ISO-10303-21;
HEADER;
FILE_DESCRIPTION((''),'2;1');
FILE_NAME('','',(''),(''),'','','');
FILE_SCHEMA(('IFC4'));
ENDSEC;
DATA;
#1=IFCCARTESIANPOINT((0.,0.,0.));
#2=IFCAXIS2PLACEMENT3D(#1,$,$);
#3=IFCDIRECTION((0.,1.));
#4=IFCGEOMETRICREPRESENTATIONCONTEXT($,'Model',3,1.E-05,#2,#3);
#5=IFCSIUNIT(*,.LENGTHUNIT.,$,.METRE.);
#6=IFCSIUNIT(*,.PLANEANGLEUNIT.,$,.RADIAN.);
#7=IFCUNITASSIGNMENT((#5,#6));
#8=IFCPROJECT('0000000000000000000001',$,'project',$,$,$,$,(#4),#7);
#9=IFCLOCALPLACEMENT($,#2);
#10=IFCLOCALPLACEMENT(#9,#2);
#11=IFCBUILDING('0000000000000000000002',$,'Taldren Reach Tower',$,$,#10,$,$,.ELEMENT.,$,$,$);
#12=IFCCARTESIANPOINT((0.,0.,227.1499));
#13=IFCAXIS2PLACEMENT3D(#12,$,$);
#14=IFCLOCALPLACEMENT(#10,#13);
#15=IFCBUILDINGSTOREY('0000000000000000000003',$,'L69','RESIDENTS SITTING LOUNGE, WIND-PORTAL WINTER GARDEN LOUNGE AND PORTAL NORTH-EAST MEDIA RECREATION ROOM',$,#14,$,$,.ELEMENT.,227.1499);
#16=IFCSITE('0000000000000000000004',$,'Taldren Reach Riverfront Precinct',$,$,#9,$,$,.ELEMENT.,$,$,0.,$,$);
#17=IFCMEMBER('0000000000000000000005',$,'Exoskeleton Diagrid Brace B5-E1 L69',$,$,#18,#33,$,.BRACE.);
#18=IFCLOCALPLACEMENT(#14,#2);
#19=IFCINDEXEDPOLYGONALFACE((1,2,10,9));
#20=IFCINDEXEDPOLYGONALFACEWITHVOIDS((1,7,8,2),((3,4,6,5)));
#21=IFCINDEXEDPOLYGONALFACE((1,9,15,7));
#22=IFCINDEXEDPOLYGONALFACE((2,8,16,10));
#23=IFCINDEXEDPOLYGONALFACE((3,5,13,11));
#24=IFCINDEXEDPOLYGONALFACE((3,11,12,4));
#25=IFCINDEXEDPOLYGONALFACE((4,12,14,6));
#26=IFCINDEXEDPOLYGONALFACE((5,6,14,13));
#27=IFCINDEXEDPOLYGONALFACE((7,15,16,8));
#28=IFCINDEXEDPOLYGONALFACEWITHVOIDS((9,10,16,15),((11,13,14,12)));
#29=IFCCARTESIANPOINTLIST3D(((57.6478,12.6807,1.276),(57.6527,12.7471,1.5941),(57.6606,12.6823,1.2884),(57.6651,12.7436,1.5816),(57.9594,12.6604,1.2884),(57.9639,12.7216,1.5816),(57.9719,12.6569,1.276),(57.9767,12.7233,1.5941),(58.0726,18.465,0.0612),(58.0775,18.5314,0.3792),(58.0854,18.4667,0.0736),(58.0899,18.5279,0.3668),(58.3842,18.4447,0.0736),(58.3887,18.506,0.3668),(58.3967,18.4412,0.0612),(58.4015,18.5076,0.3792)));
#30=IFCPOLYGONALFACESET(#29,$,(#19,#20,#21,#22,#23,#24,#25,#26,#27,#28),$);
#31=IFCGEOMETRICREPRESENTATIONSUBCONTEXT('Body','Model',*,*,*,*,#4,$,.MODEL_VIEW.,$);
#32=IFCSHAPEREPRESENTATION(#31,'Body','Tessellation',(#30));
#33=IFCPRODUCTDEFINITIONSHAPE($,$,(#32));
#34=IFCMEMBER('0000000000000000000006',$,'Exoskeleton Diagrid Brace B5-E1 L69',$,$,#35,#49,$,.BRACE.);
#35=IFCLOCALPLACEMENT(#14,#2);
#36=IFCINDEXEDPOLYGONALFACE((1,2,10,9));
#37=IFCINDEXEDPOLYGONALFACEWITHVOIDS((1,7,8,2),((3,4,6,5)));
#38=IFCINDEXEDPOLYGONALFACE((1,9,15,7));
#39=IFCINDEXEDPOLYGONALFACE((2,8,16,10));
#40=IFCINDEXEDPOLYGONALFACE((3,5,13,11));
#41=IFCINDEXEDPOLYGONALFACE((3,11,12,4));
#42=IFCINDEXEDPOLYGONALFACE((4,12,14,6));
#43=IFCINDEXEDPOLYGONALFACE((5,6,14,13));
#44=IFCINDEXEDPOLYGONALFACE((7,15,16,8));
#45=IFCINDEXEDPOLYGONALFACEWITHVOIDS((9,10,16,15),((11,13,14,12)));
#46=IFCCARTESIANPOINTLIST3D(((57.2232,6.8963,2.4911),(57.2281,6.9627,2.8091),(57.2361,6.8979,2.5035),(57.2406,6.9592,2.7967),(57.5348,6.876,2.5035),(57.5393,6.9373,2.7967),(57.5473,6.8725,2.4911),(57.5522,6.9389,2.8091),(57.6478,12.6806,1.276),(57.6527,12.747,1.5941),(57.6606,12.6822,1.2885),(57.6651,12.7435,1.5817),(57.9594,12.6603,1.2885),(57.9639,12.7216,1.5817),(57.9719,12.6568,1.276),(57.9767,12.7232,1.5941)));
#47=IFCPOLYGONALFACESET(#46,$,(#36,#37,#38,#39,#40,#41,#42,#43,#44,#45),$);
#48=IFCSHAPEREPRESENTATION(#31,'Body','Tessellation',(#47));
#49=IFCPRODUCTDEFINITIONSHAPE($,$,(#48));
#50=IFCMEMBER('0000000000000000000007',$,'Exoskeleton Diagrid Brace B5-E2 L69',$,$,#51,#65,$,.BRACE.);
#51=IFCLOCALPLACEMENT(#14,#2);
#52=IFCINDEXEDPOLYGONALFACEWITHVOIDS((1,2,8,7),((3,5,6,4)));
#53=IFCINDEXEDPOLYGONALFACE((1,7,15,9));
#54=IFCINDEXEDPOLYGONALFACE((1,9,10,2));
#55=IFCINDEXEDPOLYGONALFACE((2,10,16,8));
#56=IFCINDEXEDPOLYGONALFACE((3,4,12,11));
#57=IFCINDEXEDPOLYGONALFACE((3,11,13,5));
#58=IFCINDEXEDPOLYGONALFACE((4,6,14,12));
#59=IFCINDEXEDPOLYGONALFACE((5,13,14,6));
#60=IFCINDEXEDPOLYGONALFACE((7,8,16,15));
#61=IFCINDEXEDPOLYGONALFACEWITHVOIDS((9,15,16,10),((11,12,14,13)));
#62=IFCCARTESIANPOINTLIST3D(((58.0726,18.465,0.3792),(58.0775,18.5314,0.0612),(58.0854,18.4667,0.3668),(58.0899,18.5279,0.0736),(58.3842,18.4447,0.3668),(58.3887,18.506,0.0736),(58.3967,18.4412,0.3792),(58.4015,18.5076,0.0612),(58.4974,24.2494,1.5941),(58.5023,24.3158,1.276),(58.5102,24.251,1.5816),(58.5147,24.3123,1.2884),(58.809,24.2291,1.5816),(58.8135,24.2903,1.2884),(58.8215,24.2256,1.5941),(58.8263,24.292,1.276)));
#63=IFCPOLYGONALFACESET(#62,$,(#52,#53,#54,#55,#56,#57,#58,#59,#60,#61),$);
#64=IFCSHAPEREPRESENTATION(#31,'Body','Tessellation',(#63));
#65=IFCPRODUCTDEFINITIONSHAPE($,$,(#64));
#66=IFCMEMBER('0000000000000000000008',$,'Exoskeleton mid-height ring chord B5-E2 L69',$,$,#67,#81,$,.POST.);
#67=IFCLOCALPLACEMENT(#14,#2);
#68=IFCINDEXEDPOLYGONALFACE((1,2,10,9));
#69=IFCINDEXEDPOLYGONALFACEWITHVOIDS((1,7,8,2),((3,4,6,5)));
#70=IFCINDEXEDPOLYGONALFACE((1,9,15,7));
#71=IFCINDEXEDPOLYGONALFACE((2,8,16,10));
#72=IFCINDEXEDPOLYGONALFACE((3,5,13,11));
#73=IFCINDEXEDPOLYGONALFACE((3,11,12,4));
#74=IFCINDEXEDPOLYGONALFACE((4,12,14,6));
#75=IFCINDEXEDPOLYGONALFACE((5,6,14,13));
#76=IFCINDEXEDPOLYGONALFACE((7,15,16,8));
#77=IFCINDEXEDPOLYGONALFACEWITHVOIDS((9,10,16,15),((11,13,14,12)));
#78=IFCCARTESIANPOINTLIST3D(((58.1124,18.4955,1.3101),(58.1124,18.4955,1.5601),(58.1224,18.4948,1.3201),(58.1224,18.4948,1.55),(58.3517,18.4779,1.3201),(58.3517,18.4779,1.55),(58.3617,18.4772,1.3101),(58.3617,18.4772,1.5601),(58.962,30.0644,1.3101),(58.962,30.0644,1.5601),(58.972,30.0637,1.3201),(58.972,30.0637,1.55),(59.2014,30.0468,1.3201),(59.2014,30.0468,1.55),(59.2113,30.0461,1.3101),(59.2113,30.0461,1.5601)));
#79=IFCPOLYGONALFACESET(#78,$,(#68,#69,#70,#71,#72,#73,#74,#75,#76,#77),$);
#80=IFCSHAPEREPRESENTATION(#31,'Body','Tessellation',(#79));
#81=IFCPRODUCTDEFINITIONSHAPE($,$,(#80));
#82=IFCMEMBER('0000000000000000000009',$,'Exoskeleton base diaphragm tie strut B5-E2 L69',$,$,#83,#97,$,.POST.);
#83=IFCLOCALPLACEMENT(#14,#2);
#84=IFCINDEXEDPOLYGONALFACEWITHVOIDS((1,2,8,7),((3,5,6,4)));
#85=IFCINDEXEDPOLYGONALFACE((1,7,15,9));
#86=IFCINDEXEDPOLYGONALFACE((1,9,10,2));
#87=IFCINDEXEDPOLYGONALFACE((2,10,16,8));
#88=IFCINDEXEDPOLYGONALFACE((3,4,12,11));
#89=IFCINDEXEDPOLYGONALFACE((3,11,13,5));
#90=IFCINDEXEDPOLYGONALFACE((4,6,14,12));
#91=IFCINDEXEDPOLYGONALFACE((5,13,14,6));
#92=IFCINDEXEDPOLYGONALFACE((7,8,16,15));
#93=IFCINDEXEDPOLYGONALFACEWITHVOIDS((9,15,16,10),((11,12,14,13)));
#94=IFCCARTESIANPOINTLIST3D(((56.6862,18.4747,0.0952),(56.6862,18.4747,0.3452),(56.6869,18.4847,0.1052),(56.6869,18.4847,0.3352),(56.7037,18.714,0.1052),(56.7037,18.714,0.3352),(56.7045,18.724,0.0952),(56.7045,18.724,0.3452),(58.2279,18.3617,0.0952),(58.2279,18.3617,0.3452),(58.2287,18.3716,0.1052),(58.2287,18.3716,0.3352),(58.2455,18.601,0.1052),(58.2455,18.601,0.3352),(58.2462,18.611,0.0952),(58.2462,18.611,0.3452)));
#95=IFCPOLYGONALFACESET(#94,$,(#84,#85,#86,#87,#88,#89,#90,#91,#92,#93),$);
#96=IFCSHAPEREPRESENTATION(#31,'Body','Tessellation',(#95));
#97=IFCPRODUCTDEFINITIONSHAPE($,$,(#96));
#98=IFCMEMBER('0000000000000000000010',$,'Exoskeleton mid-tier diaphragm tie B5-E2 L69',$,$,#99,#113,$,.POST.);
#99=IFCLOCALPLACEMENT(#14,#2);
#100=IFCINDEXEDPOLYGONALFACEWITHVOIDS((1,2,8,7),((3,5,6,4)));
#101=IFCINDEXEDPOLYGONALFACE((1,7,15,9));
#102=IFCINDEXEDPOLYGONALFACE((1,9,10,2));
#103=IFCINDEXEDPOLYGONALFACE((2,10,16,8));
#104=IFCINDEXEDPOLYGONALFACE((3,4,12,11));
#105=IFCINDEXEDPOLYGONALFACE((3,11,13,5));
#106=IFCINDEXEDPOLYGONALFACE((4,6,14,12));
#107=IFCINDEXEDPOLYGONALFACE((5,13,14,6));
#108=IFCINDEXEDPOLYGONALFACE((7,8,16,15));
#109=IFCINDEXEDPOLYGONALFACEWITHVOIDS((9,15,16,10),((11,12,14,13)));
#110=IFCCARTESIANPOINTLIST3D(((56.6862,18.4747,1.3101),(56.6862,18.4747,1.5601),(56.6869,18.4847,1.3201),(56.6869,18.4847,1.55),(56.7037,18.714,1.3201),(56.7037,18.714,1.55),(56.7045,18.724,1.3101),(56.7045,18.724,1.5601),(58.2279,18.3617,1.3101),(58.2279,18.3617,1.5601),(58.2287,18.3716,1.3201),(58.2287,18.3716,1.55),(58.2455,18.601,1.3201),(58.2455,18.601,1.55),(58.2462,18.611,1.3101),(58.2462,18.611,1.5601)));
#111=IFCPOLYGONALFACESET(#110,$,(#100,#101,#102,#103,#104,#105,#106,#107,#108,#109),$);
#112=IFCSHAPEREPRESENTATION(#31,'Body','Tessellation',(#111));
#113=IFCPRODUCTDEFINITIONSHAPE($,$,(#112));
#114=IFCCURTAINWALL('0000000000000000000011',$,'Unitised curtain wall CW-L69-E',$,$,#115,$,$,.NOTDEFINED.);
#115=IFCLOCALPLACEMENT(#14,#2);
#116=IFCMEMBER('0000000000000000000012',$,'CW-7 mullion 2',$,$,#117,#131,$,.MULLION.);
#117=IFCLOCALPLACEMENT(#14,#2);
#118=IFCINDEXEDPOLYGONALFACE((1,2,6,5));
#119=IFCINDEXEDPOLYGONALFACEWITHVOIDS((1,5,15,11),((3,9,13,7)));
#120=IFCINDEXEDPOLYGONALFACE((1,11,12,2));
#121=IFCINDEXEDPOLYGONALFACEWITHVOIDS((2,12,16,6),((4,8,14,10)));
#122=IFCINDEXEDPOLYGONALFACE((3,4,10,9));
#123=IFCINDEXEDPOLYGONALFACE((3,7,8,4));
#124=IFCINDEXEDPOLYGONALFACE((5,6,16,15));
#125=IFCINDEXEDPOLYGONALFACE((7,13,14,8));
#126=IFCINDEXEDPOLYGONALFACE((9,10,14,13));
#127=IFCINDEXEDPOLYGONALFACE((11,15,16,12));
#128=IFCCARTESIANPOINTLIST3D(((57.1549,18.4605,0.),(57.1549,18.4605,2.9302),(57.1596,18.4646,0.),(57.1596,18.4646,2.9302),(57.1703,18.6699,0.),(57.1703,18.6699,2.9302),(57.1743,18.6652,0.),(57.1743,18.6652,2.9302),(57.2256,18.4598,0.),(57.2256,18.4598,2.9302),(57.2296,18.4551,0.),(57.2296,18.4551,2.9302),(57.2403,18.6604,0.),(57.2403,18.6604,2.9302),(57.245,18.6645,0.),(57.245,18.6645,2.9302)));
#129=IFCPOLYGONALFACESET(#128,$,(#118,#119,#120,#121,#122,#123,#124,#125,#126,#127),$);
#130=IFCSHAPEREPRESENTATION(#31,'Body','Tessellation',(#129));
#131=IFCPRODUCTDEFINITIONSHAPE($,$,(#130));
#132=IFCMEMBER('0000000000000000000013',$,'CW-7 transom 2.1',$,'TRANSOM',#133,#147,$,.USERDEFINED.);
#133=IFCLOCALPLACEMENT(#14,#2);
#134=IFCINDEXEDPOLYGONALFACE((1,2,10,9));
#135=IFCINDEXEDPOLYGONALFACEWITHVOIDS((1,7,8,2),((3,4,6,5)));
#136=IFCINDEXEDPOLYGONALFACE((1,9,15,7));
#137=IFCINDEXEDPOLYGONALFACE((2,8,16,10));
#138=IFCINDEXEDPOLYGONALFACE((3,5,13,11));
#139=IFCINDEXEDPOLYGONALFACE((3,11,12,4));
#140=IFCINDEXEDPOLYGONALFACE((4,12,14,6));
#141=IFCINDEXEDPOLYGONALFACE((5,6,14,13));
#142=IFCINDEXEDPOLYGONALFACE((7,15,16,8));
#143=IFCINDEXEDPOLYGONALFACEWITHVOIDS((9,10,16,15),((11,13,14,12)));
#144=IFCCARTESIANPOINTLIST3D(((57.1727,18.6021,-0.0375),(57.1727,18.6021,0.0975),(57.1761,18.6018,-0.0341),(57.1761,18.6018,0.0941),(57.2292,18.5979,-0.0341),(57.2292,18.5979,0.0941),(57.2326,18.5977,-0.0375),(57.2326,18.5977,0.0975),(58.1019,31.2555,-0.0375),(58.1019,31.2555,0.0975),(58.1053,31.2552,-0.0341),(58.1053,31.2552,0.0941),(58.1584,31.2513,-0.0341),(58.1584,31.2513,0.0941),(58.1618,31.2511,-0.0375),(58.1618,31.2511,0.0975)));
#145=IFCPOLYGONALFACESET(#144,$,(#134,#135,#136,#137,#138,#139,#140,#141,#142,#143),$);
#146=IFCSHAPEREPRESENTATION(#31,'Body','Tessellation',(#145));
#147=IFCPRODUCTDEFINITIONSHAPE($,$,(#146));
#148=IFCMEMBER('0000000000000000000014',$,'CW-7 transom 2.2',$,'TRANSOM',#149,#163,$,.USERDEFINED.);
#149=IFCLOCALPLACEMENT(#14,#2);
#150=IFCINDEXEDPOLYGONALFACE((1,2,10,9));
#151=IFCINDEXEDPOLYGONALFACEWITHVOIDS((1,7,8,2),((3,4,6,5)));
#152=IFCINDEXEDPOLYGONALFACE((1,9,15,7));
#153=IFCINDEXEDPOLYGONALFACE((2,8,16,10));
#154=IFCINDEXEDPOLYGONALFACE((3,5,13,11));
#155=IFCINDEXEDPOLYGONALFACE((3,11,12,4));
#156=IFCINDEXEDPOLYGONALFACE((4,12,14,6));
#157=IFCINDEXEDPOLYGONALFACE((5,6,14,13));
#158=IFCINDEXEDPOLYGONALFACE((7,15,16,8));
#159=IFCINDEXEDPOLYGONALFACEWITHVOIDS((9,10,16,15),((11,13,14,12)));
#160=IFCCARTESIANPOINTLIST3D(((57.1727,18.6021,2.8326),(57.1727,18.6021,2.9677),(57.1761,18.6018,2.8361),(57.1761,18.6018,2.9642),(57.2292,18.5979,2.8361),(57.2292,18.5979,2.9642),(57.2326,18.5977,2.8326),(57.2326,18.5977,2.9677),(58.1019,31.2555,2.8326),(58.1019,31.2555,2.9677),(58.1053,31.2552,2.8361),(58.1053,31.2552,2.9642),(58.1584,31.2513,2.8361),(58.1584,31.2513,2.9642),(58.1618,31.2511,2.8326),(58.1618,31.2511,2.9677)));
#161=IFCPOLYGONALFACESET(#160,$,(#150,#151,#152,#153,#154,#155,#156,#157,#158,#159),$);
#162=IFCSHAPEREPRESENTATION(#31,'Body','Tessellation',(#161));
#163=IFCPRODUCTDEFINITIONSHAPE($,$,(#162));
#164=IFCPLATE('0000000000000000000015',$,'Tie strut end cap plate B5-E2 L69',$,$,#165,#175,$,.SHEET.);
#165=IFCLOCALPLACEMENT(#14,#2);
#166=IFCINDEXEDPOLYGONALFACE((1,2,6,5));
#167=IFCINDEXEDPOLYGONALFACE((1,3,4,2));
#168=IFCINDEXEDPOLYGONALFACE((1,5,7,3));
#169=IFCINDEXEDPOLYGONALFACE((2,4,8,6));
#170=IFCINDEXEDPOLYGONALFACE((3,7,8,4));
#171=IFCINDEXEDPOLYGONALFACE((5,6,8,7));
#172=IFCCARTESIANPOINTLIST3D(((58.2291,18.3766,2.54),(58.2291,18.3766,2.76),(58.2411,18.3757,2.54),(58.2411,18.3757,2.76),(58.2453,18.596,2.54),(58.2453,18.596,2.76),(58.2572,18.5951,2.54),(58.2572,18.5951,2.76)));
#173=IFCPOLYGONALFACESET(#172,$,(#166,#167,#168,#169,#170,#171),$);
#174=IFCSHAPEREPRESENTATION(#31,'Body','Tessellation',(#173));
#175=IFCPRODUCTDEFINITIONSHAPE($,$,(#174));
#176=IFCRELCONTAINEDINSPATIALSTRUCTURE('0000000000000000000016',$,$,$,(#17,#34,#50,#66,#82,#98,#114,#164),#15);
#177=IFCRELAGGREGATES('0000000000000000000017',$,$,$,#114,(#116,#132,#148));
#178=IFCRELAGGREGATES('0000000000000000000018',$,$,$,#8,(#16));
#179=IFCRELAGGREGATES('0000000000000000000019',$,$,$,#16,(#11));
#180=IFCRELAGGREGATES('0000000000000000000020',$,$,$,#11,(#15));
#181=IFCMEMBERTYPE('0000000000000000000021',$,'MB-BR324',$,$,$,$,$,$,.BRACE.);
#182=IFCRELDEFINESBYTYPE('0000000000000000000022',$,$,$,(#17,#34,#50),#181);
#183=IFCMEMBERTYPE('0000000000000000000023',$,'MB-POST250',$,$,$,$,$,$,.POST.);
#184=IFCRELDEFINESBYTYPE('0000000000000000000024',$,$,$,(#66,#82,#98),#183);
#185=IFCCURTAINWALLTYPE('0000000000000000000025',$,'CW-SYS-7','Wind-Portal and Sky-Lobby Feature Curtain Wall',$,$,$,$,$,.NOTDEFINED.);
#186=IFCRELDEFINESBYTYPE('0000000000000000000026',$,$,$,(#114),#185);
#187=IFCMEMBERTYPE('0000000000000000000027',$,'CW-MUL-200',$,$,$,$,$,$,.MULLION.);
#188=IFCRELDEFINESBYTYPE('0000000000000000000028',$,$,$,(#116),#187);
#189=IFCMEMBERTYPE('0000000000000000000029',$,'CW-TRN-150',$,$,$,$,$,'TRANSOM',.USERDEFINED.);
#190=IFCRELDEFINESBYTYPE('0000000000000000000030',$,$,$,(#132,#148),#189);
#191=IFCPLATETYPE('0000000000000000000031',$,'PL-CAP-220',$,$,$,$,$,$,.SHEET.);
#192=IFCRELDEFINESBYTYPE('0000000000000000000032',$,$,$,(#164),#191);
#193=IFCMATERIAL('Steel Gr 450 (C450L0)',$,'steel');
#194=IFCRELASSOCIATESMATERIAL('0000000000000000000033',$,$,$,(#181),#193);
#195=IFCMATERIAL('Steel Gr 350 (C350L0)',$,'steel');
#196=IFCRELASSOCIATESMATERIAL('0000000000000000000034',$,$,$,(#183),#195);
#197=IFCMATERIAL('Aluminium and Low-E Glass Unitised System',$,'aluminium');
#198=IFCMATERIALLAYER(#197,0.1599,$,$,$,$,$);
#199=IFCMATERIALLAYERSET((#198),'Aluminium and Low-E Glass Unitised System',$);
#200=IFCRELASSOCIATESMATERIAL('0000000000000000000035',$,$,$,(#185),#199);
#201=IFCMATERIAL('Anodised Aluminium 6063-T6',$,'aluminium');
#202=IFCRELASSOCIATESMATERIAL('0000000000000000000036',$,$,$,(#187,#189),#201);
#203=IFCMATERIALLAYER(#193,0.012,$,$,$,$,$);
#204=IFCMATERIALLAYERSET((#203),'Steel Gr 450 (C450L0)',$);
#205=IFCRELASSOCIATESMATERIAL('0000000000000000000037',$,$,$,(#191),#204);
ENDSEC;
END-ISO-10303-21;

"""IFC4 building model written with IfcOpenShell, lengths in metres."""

from ifc_helpers import new_model, si_unit, direction, frame, origin, origin_2d, place, context, subcontext, project, spatial, rectangle, hollow_rectangle, extrude, source, transform, mapped, material, layer, layer_set, material_profile, profile_set, type_object, element, aggregate, save


model = new_model("IFC4")

# Units and contexts
model_context = context("Model", 3, precision=1e-05, world=origin(), true_north=direction((0.0, 1.0)))
body_context = subcontext(model_context, "Body", "Model", "MODEL_VIEW")
ifc_project = project(units=[si_unit("LENGTHUNIT", "METRE"), si_unit("PLANEANGLEUNIT", "RADIAN")], contexts=[model_context])

# Site, building, storey
site_placement = place(None, origin())
site = spatial("IfcSite", under=ifc_project, at=site_placement, Name="Taldren Reach Riverfront Precinct", CompositionType="ELEMENT", RefElevation=0.0)
building_placement = place(site_placement, origin())
building = spatial("IfcBuilding", under=site, at=building_placement, Name="Taldren Reach Tower", CompositionType="ELEMENT")
storey_placement = place(building_placement, frame((0.0, 0.0, 227.1499)))
storey = spatial("IfcBuildingStorey", under=building, at=storey_placement, Name="L69", Description="RESIDENTS SITTING LOUNGE, WIND-PORTAL WINTER GARDEN LOUNGE AND PORTAL NORTH-EAST MEDIA RECREATION ROOM", CompositionType="ELEMENT", Elevation=227.1499)

# Shared definitions
ifc_material_1 = material(Name="Steel Gr 450 (C450L0)", Category="steel")

# Members
ifc_material_profile_1 = material_profile(ifc_material_1, hollow_rectangle(XDim=0.325, YDim=0.325, WallThickness=0.0127, at=origin_2d()), Name="325x325x12.7SHS")
ifc_profile_set_1 = profile_set([ifc_material_profile_1], Name="Steel Gr 450 (C450L0)")
member_type_1 = type_object("IfcMemberType", Name="MB-BR324", PredefinedType="BRACE", material=ifc_profile_set_1)
shared_shape_1 = source(origin(), body_context, "Body", "SweptSolid", [
    extrude(hollow_rectangle(XDim=0.325, YDim=0.325, WallThickness=0.0127, at=origin_2d()), origin(), (0.0, 0.0, 1.0), 5.9258),
])
for number, where, z_axis, x_axis, name in (
    (1, (58.2371, 18.4863, 0.2202), (-0.071687, -0.976132, 0.205007), (0.997314, -0.073242, 0.0), "Exoskeleton Diagrid Brace B5-E1 L69"),
    (2, (57.8123, 12.7019, 1.4351), (-0.071645, -0.976126, 0.205047), (0.997317, -0.0732, 0.0), "Exoskeleton Diagrid Brace B5-E1 L69"),
    (3, (58.2371, 18.4863, 0.2202), (0.071687, 0.976132, 0.205007), (-0.997314, 0.073242, 0.0), "Exoskeleton Diagrid Brace B5-E2 L69"),
):
    element("IfcMember", number, at=place(storey_placement, frame(where, z_axis=z_axis, x_axis=x_axis)), inside=storey, type_object=member_type_1, Name=name, PredefinedType="BRACE", context=body_context, shape_type="MappedRepresentation", body=[
        mapped(shared_shape_1, transform((0.0, 0.0, 0.0), scale=1.0)),
    ])
ifc_material_2 = material(Name="Steel Gr 350 (C350L0)", Category="steel")
ifc_material_profile_2 = material_profile(ifc_material_2, hollow_rectangle(XDim=0.25, YDim=0.25, WallThickness=0.01, at=origin_2d()), Name="250x250x10.0SHS")
ifc_profile_set_2 = profile_set([ifc_material_profile_2], Name="Steel Gr 350 (C350L0)")
member_type_2 = type_object("IfcMemberType", Name="MB-POST250", PredefinedType="POST", material=ifc_profile_set_2)
shared_shape_2 = source(origin(), body_context, "Body", "SweptSolid", [
    extrude(hollow_rectangle(XDim=0.25, YDim=0.25, WallThickness=0.01, at=origin_2d()), origin(), (0.0, 0.0, 1.0), 11.6001),
])
member_1_placement = place(storey_placement, frame((58.2371, 18.4863, 1.4351), z_axis=(0.073242, 0.997314, 0.0), x_axis=(-0.997314, 0.073242, 0.0)))
element("IfcMember", 4, at=member_1_placement, inside=storey, type_object=member_type_2, Name="Exoskeleton mid-height ring chord B5-E2 L69", PredefinedType="POST", context=body_context, shape_type="MappedRepresentation", body=[
    mapped(shared_shape_2, transform((0.0, 0.0, 0.0), scale=1.0)),
])
shared_shape_3 = source(origin(), body_context, "Body", "SweptSolid", [
    extrude(hollow_rectangle(XDim=0.25, YDim=0.25, WallThickness=0.01, at=origin_2d()), origin(), (0.0, 0.0, 1.0), 1.5459),
])
for number, where, z_axis, x_axis, name in (
    (5, (56.6953, 18.5994, 0.2202), (0.997323, -0.073121, 0.0), (0.073121, 0.997323, 0.0), "Exoskeleton base diaphragm tie strut B5-E2 L69"),
    (6, (56.6953, 18.5994, 1.4351), (0.997323, -0.073121, 0.0), (0.073121, 0.997323, 0.0), "Exoskeleton mid-tier diaphragm tie B5-E2 L69"),
):
    element("IfcMember", number, at=place(storey_placement, frame(where, z_axis=z_axis, x_axis=x_axis)), inside=storey, type_object=member_type_2, Name=name, PredefinedType="POST", context=body_context, shape_type="MappedRepresentation", body=[
        mapped(shared_shape_3, transform((0.0, 0.0, 0.0), scale=1.0)),
    ])

# Curtain wall, members
ifc_material_3 = material(Name="Aluminium and Low-E Glass Unitised System", Category="aluminium")
ifc_layer_1 = layer(ifc_material_3, 0.1599)
ifc_layer_set_1 = layer_set([ifc_layer_1], Name="Aluminium and Low-E Glass Unitised System")
curtain_wall_type = type_object("IfcCurtainWallType", Name="CW-SYS-7", Description="Wind-Portal and Sky-Lobby Feature Curtain Wall", PredefinedType="NOTDEFINED", material=ifc_layer_set_1)
curtain_wall_placement = place(storey_placement, origin())
curtain_wall = element("IfcCurtainWall", 7, at=curtain_wall_placement, inside=storey, type_object=curtain_wall_type, Name="Unitised curtain wall CW-L69-E", PredefinedType="NOTDEFINED")
ifc_material_4 = material(Name="Anodised Aluminium 6063-T6", Category="aluminium")
ifc_material_profile_3 = material_profile(ifc_material_4, hollow_rectangle(XDim=0.075, YDim=0.21, WallThickness=0.0044, at=origin_2d()), Name="ALU-210x75x4.5RHS")
ifc_profile_set_3 = profile_set([ifc_material_profile_3], Name="Anodised Aluminium 6063-T6")
member_type_3 = type_object("IfcMemberType", Name="CW-MUL-200", PredefinedType="MULLION", material=ifc_profile_set_3)
shared_shape_4 = source(origin(), body_context, "Body", "SweptSolid", [
    extrude(hollow_rectangle(XDim=0.075, YDim=0.21, WallThickness=0.0044, at=origin_2d()), origin(), (0.0, 0.0, 1.0), 2.9302),
])
member_2_placement = place(storey_placement, frame((57.2, 18.5625, 0.0), z_axis=(0.0, 0.0, 1.0), x_axis=(-0.997314, 0.073238, 0.0)))
member_2 = element("IfcMember", 8, at=member_2_placement, type_object=member_type_3, Name="CW-7 mullion 2", PredefinedType="MULLION", context=body_context, shape_type="MappedRepresentation", body=[
    mapped(shared_shape_4, transform((0.0, 0.0, 0.0), scale=1.0)),
])
ifc_material_profile_4 = material_profile(ifc_material_4, hollow_rectangle(XDim=0.0601, YDim=0.135, WallThickness=0.0034, at=origin_2d()), Name="ALU-135x60x3.5RHS")
ifc_profile_set_4 = profile_set([ifc_material_profile_4], Name="Anodised Aluminium 6063-T6")
member_type_4 = type_object("IfcMemberType", Name="CW-TRN-150", ElementType="TRANSOM", PredefinedType="USERDEFINED", material=ifc_profile_set_4)
shared_shape_5 = source(origin(), body_context, "Body", "SweptSolid", [
    extrude(hollow_rectangle(XDim=0.0601, YDim=0.135, WallThickness=0.0034, at=origin_2d()), origin(), (0.0, 0.0, 1.0), 12.6875),
])
member_3_placement = place(storey_placement, frame((57.2026, 18.5999, 0.03), z_axis=(0.073238, 0.997314, 0.0), x_axis=(-0.997314, 0.073238, 0.0)))
member_3 = element("IfcMember", 9, at=member_3_placement, type_object=member_type_4, Name="CW-7 transom 2.1", ObjectType="TRANSOM", PredefinedType="USERDEFINED", context=body_context, shape_type="MappedRepresentation", body=[
    mapped(shared_shape_5, transform((0.0, 0.0, 0.0), scale=1.0)),
])
member_4_placement = place(storey_placement, frame((57.2026, 18.5999, 2.9001), z_axis=(0.073238, 0.997314, 0.0), x_axis=(-0.997314, 0.073238, 0.0)))
member_4 = element("IfcMember", 10, at=member_4_placement, type_object=member_type_4, Name="CW-7 transom 2.2", ObjectType="TRANSOM", PredefinedType="USERDEFINED", context=body_context, shape_type="MappedRepresentation", body=[
    mapped(shared_shape_5, transform((0.0, 0.0, 0.0), scale=1.0)),
])

# Plate
ifc_layer_2 = layer(ifc_material_1, 0.012)
ifc_layer_set_2 = layer_set([ifc_layer_2], Name="Steel Gr 450 (C450L0)")
plate_type_1 = type_object("IfcPlateType", Name="PL-CAP-220", PredefinedType="SHEET", material=ifc_layer_set_2)
shared_shape_6 = source(origin(), body_context, "Body", "SweptSolid", [
    extrude(rectangle(XDim=0.012, YDim=0.22, at=origin_2d()), origin(), (0.0, 0.0, 1.0), 0.22),
])
plate_1_placement = place(storey_placement, frame((58.2432, 18.4858, 2.54), z_axis=(0.0, 0.0, 1.0), x_axis=(0.997314, -0.073238, 0.0)))
element("IfcPlate", 11, at=plate_1_placement, inside=storey, type_object=plate_type_1, Name="Tie strut end cap plate B5-E2 L69", PredefinedType="SHEET", context=body_context, shape_type="MappedRepresentation", body=[
    mapped(shared_shape_6, transform((0.0, 0.0, 0.0), scale=1.0)),
])
aggregate(curtain_wall, [member_2, member_3, member_4])

save(model, "model.ifc")
